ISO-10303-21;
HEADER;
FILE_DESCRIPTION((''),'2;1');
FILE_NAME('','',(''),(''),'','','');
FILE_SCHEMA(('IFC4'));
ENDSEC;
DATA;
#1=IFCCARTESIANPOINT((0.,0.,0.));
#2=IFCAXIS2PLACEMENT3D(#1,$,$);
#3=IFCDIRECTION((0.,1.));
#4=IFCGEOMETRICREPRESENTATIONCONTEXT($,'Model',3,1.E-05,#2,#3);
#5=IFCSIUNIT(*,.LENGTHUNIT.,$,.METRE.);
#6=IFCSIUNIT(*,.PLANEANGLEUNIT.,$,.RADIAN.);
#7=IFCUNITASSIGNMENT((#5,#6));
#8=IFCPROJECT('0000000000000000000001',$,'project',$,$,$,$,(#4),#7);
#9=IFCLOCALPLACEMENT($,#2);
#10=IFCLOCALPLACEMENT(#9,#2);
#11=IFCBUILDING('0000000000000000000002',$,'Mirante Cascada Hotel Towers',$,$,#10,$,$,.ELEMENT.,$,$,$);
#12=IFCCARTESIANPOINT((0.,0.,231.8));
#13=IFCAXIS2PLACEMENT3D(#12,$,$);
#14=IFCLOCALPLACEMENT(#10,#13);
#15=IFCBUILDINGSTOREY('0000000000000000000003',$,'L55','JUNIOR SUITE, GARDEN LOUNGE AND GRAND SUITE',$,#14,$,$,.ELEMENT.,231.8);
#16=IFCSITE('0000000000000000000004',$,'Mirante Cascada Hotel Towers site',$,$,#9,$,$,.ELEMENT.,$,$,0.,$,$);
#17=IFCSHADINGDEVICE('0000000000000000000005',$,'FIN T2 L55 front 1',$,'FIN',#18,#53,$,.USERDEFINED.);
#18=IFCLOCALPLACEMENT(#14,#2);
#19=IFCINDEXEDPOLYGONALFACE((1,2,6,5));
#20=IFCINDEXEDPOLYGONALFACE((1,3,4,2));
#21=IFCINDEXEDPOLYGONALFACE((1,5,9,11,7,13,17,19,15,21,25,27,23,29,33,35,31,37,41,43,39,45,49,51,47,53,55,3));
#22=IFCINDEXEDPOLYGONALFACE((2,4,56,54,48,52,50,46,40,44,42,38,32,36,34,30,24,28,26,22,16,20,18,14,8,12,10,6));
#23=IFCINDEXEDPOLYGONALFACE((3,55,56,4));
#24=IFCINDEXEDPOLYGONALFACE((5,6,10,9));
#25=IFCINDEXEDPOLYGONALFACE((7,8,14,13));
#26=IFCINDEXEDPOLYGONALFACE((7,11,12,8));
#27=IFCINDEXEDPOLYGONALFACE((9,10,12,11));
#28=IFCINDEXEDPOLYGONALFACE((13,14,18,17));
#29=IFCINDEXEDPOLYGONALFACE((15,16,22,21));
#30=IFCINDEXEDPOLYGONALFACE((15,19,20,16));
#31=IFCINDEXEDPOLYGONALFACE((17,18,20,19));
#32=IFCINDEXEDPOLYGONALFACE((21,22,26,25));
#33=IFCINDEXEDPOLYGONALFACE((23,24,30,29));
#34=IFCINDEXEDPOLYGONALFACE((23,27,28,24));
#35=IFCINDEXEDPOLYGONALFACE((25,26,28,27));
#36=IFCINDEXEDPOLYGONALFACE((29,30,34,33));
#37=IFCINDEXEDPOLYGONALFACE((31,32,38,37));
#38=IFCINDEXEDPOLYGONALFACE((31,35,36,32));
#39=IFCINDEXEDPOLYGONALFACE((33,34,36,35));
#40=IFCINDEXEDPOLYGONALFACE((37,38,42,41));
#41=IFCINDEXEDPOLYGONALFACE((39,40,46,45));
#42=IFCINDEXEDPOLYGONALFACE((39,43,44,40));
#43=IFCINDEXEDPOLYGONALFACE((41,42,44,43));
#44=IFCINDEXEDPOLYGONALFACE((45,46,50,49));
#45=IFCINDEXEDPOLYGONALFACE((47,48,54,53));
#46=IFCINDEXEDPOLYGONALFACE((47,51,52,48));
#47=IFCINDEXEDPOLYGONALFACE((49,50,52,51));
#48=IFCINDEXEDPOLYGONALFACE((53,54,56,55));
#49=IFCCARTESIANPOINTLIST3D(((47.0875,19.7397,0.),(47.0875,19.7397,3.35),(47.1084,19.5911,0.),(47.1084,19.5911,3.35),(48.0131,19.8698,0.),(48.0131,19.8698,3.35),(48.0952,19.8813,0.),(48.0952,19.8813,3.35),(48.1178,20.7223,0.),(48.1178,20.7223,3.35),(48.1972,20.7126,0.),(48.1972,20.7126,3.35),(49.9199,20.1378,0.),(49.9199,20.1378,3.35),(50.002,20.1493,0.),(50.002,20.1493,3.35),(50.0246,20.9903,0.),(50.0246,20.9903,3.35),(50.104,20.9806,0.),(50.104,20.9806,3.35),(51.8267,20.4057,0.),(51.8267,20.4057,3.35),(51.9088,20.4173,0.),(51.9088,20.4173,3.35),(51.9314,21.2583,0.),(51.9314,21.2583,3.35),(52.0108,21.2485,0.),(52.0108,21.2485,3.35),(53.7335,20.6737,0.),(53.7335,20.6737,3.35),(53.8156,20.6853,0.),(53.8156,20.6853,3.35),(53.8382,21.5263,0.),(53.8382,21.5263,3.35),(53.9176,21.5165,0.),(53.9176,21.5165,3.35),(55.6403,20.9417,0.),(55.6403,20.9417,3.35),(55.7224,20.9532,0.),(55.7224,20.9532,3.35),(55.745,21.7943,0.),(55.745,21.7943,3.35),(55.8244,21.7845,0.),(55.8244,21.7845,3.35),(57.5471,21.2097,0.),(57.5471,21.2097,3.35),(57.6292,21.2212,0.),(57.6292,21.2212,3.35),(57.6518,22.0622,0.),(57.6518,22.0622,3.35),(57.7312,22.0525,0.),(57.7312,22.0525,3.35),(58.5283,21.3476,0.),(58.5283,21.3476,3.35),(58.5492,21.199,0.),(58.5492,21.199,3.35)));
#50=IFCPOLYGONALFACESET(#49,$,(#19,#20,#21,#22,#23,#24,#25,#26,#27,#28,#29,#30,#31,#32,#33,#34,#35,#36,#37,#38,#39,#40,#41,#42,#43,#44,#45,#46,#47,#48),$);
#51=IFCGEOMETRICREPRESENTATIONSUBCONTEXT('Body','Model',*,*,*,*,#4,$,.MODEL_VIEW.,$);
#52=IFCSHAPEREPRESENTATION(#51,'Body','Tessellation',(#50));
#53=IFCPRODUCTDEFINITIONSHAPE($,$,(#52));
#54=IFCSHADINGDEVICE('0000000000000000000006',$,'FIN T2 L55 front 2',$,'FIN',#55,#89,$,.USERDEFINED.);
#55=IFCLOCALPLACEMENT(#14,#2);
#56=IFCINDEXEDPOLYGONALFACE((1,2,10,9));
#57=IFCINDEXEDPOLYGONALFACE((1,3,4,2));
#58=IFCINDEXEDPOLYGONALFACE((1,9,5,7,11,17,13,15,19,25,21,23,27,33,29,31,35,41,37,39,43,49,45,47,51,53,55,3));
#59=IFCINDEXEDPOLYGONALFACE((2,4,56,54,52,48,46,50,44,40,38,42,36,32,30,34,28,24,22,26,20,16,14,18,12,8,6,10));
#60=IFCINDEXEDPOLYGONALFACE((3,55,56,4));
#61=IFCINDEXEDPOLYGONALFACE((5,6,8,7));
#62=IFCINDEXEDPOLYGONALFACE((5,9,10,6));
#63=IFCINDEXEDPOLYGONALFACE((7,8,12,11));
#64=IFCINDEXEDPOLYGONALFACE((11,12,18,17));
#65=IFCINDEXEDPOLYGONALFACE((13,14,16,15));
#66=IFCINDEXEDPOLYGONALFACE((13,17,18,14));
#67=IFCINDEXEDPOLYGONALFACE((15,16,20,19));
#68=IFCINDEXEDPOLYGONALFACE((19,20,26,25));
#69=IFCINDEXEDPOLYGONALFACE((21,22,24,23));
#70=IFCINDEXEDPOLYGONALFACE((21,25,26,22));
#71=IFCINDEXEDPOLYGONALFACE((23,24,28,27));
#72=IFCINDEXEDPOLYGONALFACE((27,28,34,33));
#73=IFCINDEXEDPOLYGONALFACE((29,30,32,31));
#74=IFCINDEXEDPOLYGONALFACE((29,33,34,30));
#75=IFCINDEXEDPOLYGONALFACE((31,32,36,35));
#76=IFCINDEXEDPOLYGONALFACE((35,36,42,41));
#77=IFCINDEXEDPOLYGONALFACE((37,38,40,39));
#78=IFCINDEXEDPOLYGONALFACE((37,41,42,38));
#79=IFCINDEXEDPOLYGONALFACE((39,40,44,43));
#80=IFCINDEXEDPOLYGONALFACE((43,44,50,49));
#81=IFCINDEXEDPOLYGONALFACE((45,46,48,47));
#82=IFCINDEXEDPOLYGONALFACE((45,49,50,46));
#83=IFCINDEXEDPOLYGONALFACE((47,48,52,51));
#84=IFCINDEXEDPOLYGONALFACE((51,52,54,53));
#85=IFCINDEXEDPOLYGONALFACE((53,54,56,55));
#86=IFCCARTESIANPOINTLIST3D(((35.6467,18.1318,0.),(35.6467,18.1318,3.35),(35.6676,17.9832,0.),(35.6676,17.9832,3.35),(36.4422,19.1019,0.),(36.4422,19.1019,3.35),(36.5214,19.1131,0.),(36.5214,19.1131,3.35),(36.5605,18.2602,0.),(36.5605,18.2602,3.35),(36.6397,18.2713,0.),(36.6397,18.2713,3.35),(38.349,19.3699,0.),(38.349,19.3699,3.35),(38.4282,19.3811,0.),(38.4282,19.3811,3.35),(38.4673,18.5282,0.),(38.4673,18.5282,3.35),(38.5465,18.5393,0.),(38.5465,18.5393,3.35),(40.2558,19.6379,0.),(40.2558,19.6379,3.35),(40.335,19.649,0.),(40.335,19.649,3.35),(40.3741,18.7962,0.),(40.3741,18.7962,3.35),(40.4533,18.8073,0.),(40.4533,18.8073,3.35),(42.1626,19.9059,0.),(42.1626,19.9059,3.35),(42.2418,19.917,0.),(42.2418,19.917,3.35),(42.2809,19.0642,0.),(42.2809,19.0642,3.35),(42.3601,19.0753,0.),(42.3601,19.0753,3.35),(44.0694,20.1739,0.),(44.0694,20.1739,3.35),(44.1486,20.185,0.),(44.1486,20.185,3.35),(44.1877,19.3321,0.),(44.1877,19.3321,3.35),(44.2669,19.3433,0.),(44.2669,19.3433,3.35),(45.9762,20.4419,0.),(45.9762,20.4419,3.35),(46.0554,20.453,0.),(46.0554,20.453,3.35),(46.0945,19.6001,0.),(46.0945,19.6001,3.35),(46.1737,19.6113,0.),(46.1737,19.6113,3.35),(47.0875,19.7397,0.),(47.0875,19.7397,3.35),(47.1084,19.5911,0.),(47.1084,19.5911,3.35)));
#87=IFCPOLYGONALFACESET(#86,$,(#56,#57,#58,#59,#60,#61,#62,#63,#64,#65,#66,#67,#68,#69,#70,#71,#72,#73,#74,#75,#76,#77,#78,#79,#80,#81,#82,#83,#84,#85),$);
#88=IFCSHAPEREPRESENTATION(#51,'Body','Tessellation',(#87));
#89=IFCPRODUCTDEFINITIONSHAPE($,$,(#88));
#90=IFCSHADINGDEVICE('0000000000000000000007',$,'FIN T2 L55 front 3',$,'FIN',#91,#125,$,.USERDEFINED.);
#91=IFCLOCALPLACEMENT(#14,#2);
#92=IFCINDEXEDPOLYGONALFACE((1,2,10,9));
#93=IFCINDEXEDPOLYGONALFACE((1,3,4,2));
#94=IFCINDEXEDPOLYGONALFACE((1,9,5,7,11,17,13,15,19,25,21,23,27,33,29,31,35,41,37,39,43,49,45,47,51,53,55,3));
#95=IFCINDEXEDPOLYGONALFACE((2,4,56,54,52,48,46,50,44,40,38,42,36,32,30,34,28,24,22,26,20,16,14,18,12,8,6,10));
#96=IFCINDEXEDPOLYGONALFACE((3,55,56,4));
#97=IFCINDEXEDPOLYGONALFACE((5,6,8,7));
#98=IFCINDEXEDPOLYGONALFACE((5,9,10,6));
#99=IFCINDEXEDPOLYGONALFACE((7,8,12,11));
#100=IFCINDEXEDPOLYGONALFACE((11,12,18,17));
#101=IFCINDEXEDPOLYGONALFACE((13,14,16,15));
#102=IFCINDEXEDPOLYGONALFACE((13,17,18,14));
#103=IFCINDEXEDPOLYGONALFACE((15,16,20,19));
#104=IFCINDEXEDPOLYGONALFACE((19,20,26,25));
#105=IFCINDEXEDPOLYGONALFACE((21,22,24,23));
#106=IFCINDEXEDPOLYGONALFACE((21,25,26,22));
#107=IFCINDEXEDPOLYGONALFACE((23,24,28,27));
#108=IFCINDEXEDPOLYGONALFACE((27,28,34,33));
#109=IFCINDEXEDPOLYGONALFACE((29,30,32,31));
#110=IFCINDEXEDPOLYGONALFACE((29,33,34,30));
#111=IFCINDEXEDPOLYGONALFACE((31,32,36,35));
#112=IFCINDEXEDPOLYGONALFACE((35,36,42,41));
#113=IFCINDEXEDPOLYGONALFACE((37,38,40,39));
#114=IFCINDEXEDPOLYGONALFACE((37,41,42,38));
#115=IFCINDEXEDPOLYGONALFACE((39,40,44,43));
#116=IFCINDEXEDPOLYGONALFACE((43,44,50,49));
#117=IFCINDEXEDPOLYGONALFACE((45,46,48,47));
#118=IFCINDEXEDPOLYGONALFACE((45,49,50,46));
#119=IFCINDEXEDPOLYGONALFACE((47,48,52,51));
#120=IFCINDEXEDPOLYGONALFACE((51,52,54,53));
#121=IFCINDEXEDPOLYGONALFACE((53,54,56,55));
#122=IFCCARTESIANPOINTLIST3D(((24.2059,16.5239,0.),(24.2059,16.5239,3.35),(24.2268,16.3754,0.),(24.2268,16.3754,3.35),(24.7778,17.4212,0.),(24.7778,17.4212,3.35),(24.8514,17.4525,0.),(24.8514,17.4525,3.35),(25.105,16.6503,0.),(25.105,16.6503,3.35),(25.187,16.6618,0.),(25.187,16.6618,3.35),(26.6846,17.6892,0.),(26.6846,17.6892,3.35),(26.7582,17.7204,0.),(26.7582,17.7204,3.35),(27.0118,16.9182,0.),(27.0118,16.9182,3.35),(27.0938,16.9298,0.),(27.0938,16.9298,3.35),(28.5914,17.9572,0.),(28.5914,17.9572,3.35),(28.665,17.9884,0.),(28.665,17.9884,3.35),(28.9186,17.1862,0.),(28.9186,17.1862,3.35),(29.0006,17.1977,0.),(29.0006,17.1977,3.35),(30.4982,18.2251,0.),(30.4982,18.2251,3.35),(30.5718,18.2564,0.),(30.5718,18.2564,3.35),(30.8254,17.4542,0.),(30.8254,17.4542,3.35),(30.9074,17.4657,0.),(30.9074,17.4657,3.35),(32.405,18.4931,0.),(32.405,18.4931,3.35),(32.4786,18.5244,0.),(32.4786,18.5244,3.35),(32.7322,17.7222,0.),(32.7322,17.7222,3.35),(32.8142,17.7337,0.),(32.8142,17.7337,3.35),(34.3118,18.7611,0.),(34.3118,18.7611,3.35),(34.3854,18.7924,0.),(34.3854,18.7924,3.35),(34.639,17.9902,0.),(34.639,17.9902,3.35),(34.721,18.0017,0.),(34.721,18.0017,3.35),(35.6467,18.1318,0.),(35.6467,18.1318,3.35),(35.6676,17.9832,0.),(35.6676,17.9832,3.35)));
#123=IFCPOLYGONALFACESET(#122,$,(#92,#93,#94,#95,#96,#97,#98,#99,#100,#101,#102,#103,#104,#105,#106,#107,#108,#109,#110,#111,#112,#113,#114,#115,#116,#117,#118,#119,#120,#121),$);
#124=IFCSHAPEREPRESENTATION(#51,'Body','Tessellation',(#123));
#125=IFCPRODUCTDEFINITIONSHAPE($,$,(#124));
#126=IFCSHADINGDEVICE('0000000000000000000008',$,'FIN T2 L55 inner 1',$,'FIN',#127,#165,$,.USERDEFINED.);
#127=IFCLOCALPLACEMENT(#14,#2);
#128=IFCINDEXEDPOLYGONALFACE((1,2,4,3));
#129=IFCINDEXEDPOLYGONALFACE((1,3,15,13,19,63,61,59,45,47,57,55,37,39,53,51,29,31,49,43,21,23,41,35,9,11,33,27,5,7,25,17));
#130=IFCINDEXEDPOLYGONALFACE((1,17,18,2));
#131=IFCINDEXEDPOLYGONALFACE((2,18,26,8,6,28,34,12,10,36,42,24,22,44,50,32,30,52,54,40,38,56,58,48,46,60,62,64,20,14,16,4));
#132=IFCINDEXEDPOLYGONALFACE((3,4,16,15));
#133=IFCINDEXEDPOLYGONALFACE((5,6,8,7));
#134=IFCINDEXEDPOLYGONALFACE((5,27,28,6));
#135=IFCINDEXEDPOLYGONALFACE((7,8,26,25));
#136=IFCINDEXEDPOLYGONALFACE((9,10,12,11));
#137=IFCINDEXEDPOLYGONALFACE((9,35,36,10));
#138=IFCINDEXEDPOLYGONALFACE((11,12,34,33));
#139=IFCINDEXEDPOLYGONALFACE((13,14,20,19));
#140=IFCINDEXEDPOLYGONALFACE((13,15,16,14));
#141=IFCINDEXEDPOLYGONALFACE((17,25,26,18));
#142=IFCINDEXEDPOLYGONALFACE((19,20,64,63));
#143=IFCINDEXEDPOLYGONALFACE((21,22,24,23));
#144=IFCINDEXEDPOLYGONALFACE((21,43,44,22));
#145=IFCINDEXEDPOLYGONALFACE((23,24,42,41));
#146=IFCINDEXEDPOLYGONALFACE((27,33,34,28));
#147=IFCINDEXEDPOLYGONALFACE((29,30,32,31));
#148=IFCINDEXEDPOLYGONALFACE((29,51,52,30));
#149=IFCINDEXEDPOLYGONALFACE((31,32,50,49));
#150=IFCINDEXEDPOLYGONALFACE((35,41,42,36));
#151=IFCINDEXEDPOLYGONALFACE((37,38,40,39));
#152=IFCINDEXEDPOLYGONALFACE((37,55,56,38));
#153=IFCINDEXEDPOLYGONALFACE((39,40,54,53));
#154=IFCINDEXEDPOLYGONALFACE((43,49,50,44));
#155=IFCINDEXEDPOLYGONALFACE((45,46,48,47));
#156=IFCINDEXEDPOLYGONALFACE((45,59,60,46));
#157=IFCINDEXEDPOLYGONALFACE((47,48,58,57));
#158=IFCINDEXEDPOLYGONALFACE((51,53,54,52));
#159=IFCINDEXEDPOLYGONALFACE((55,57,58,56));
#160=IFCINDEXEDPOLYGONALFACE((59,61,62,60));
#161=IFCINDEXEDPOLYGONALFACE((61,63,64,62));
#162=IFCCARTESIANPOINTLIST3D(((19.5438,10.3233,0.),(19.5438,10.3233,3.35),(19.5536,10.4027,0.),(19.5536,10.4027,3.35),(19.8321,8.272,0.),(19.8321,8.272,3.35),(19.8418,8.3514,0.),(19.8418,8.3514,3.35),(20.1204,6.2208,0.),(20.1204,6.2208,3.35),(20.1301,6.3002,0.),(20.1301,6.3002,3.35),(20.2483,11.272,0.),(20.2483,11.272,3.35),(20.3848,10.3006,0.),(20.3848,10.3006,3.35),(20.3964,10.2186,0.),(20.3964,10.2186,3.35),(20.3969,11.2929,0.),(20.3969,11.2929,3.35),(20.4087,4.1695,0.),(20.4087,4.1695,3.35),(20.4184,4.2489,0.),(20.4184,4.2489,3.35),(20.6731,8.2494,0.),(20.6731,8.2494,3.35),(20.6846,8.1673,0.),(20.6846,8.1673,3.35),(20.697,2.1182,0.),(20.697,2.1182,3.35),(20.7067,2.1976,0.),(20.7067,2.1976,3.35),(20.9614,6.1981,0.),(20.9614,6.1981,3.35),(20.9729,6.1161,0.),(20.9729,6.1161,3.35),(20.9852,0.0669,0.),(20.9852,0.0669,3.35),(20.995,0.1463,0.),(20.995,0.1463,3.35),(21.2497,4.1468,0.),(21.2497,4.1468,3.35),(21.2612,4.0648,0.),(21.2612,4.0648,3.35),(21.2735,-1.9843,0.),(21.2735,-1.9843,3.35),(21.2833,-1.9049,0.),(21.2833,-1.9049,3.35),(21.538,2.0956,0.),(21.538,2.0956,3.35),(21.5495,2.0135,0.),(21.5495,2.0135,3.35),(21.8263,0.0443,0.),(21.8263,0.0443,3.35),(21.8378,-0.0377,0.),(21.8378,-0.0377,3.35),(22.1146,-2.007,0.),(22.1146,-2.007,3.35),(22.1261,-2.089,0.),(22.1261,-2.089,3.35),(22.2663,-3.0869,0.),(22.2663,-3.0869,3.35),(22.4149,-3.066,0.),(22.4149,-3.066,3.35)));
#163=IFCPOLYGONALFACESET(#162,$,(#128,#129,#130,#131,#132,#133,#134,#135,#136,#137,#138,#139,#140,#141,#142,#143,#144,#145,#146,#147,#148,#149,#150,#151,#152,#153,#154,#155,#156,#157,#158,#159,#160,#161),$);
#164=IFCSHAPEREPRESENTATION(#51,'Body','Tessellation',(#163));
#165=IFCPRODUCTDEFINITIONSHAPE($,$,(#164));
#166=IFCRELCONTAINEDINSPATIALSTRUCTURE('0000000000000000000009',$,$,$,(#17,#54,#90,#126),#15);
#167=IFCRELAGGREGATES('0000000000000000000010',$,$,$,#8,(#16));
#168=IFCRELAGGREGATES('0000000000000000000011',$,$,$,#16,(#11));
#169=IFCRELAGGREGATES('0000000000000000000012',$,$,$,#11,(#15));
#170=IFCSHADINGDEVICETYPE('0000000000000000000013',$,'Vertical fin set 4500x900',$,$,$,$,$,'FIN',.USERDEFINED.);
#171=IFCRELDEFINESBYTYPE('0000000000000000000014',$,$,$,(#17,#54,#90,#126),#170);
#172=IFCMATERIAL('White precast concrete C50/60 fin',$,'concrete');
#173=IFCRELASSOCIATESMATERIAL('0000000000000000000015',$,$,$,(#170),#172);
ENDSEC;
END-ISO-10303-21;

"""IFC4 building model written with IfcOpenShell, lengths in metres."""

from ifc_helpers import new_model, si_unit, direction, frame, origin, place, context, subcontext, project, spatial, polyline, outline, extrude, material, type_object, element, save


model = new_model("IFC4")

# Units and contexts
model_context = context("Model", 3, precision=1e-05, world=origin(), true_north=direction((0.0, 1.0)))
body_context = subcontext(model_context, "Body", "Model", "MODEL_VIEW")
ifc_project = project(units=[si_unit("LENGTHUNIT", "METRE"), si_unit("PLANEANGLEUNIT", "RADIAN")], contexts=[model_context])

# Site, building, storey
site_placement = place(None, origin())
site = spatial("IfcSite", under=ifc_project, at=site_placement, Name="Mirante Cascada Hotel Towers site", CompositionType="ELEMENT", RefElevation=0.0)
building_placement = place(site_placement, origin())
building = spatial("IfcBuilding", under=site, at=building_placement, Name="Mirante Cascada Hotel Towers", CompositionType="ELEMENT")
storey_placement = place(building_placement, frame((0.0, 0.0, 231.8)))
storey = spatial("IfcBuildingStorey", under=building, at=storey_placement, Name="L55", Description="JUNIOR SUITE, GARDEN LOUNGE AND GRAND SUITE", CompositionType="ELEMENT", Elevation=231.8)

# Shading devices
ifc_material_1 = material(Name="White precast concrete C50/60 fin", Category="concrete")
shading_device_type = type_object("IfcShadingDeviceType", Name="Vertical fin set 4500x900", ElementType="FIN", PredefinedType="USERDEFINED", material=ifc_material_1)
shading_device_1_placement = place(storey_placement, origin())
element("IfcShadingDevice", 1, at=shading_device_1_placement, inside=storey, type_object=shading_device_type, Name="FIN T2 L55 front 1", ObjectType="FIN", PredefinedType="USERDEFINED", context=body_context, shape_type="SweptSolid", body=[
    extrude(outline(polyline([(48.1972, 20.7126), (48.0952, 19.8813), (49.9199, 20.1378), (50.0246, 20.9903), (50.104, 20.9806), (50.002, 20.1493), (51.8267, 20.4057), (51.9314, 21.2583), (52.0108, 21.2485), (51.9088, 20.4173), (53.7335, 20.6737), (53.8382, 21.5263), (53.9176, 21.5165), (53.8156, 20.6853), (55.6403, 20.9417), (55.745, 21.7943), (55.8244, 21.7845), (55.7224, 20.9532), (57.5471, 21.2097), (57.6518, 22.0622), (57.7312, 22.0525), (57.6292, 21.2212), (58.5283, 21.3476), (58.5492, 21.199), (47.1084, 19.5911), (47.0875, 19.7397), (48.0131, 19.8698), (48.1178, 20.7223), (48.1972, 20.7126)])), origin(), (0.0, 0.0, 1.0), 3.35),
])
shading_device_2_placement = place(storey_placement, origin())
element("IfcShadingDevice", 2, at=shading_device_2_placement, inside=storey, type_object=shading_device_type, Name="FIN T2 L55 front 2", ObjectType="FIN", PredefinedType="USERDEFINED", context=body_context, shape_type="SweptSolid", body=[
    extrude(outline(polyline([(36.5214, 19.1131), (36.6397, 18.2713), (38.4673, 18.5282), (38.349, 19.3699), (38.4282, 19.3811), (38.5465, 18.5393), (40.3741, 18.7962), (40.2558, 19.6379), (40.335, 19.649), (40.4533, 18.8073), (42.2809, 19.0642), (42.1626, 19.9059), (42.2418, 19.917), (42.3601, 19.0753), (44.1877, 19.3321), (44.0694, 20.1739), (44.1486, 20.185), (44.2669, 19.3433), (46.0945, 19.6001), (45.9762, 20.4419), (46.0554, 20.453), (46.1737, 19.6113), (47.0875, 19.7397), (47.1084, 19.5911), (35.6676, 17.9832), (35.6467, 18.1318), (36.5605, 18.2602), (36.4422, 19.1019), (36.5214, 19.1131)])), origin(), (0.0, 0.0, 1.0), 3.35),
])
shading_device_3_placement = place(storey_placement, origin())
element("IfcShadingDevice", 3, at=shading_device_3_placement, inside=storey, type_object=shading_device_type, Name="FIN T2 L55 front 3", ObjectType="FIN", PredefinedType="USERDEFINED", context=body_context, shape_type="SweptSolid", body=[
    extrude(outline(polyline([(24.8514, 17.4525), (25.187, 16.6618), (27.0118, 16.9182), (26.6846, 17.6892), (26.7582, 17.7204), (27.0938, 16.9298), (28.9186, 17.1862), (28.5914, 17.9572), (28.665, 17.9884), (29.0006, 17.1977), (30.8254, 17.4542), (30.4982, 18.2251), (30.5718, 18.2564), (30.9074, 17.4657), (32.7322, 17.7222), (32.405, 18.4931), (32.4786, 18.5244), (32.8142, 17.7337), (34.639, 17.9902), (34.3118, 18.7611), (34.3854, 18.7924), (34.721, 18.0017), (35.6467, 18.1318), (35.6676, 17.9832), (24.2268, 16.3754), (24.2059, 16.5239), (25.105, 16.6503), (24.7778, 17.4212), (24.8514, 17.4525)])), origin(), (0.0, 0.0, 1.0), 3.35),
])
shading_device_4_placement = place(storey_placement, origin())
element("IfcShadingDevice", 4, at=shading_device_4_placement, inside=storey, type_object=shading_device_type, Name="FIN T2 L55 inner 1", ObjectType="FIN", PredefinedType="USERDEFINED", context=body_context, shape_type="SweptSolid", body=[
    extrude(outline(polyline([(21.2833, -1.9049), (22.1146, -2.007), (21.8378, -0.0377), (20.9852, 0.0669), (20.995, 0.1463), (21.8263, 0.0443), (21.5495, 2.0135), (20.697, 2.1182), (20.7067, 2.1976), (21.538, 2.0956), (21.2612, 4.0648), (20.4087, 4.1695), (20.4184, 4.2489), (21.2497, 4.1468), (20.9729, 6.1161), (20.1204, 6.2208), (20.1301, 6.3002), (20.9614, 6.1981), (20.6846, 8.1673), (19.8321, 8.272), (19.8418, 8.3514), (20.6731, 8.2494), (20.3964, 10.2186), (19.5438, 10.3233), (19.5536, 10.4027), (20.3848, 10.3006), (20.2483, 11.272), (20.3969, 11.2929), (22.4149, -3.066), (22.2663, -3.0869), (22.1261, -2.089), (21.2735, -1.9843), (21.2833, -1.9049)])), origin(), (0.0, 0.0, 1.0), 3.35),
])

save(model, "model.ifc")
